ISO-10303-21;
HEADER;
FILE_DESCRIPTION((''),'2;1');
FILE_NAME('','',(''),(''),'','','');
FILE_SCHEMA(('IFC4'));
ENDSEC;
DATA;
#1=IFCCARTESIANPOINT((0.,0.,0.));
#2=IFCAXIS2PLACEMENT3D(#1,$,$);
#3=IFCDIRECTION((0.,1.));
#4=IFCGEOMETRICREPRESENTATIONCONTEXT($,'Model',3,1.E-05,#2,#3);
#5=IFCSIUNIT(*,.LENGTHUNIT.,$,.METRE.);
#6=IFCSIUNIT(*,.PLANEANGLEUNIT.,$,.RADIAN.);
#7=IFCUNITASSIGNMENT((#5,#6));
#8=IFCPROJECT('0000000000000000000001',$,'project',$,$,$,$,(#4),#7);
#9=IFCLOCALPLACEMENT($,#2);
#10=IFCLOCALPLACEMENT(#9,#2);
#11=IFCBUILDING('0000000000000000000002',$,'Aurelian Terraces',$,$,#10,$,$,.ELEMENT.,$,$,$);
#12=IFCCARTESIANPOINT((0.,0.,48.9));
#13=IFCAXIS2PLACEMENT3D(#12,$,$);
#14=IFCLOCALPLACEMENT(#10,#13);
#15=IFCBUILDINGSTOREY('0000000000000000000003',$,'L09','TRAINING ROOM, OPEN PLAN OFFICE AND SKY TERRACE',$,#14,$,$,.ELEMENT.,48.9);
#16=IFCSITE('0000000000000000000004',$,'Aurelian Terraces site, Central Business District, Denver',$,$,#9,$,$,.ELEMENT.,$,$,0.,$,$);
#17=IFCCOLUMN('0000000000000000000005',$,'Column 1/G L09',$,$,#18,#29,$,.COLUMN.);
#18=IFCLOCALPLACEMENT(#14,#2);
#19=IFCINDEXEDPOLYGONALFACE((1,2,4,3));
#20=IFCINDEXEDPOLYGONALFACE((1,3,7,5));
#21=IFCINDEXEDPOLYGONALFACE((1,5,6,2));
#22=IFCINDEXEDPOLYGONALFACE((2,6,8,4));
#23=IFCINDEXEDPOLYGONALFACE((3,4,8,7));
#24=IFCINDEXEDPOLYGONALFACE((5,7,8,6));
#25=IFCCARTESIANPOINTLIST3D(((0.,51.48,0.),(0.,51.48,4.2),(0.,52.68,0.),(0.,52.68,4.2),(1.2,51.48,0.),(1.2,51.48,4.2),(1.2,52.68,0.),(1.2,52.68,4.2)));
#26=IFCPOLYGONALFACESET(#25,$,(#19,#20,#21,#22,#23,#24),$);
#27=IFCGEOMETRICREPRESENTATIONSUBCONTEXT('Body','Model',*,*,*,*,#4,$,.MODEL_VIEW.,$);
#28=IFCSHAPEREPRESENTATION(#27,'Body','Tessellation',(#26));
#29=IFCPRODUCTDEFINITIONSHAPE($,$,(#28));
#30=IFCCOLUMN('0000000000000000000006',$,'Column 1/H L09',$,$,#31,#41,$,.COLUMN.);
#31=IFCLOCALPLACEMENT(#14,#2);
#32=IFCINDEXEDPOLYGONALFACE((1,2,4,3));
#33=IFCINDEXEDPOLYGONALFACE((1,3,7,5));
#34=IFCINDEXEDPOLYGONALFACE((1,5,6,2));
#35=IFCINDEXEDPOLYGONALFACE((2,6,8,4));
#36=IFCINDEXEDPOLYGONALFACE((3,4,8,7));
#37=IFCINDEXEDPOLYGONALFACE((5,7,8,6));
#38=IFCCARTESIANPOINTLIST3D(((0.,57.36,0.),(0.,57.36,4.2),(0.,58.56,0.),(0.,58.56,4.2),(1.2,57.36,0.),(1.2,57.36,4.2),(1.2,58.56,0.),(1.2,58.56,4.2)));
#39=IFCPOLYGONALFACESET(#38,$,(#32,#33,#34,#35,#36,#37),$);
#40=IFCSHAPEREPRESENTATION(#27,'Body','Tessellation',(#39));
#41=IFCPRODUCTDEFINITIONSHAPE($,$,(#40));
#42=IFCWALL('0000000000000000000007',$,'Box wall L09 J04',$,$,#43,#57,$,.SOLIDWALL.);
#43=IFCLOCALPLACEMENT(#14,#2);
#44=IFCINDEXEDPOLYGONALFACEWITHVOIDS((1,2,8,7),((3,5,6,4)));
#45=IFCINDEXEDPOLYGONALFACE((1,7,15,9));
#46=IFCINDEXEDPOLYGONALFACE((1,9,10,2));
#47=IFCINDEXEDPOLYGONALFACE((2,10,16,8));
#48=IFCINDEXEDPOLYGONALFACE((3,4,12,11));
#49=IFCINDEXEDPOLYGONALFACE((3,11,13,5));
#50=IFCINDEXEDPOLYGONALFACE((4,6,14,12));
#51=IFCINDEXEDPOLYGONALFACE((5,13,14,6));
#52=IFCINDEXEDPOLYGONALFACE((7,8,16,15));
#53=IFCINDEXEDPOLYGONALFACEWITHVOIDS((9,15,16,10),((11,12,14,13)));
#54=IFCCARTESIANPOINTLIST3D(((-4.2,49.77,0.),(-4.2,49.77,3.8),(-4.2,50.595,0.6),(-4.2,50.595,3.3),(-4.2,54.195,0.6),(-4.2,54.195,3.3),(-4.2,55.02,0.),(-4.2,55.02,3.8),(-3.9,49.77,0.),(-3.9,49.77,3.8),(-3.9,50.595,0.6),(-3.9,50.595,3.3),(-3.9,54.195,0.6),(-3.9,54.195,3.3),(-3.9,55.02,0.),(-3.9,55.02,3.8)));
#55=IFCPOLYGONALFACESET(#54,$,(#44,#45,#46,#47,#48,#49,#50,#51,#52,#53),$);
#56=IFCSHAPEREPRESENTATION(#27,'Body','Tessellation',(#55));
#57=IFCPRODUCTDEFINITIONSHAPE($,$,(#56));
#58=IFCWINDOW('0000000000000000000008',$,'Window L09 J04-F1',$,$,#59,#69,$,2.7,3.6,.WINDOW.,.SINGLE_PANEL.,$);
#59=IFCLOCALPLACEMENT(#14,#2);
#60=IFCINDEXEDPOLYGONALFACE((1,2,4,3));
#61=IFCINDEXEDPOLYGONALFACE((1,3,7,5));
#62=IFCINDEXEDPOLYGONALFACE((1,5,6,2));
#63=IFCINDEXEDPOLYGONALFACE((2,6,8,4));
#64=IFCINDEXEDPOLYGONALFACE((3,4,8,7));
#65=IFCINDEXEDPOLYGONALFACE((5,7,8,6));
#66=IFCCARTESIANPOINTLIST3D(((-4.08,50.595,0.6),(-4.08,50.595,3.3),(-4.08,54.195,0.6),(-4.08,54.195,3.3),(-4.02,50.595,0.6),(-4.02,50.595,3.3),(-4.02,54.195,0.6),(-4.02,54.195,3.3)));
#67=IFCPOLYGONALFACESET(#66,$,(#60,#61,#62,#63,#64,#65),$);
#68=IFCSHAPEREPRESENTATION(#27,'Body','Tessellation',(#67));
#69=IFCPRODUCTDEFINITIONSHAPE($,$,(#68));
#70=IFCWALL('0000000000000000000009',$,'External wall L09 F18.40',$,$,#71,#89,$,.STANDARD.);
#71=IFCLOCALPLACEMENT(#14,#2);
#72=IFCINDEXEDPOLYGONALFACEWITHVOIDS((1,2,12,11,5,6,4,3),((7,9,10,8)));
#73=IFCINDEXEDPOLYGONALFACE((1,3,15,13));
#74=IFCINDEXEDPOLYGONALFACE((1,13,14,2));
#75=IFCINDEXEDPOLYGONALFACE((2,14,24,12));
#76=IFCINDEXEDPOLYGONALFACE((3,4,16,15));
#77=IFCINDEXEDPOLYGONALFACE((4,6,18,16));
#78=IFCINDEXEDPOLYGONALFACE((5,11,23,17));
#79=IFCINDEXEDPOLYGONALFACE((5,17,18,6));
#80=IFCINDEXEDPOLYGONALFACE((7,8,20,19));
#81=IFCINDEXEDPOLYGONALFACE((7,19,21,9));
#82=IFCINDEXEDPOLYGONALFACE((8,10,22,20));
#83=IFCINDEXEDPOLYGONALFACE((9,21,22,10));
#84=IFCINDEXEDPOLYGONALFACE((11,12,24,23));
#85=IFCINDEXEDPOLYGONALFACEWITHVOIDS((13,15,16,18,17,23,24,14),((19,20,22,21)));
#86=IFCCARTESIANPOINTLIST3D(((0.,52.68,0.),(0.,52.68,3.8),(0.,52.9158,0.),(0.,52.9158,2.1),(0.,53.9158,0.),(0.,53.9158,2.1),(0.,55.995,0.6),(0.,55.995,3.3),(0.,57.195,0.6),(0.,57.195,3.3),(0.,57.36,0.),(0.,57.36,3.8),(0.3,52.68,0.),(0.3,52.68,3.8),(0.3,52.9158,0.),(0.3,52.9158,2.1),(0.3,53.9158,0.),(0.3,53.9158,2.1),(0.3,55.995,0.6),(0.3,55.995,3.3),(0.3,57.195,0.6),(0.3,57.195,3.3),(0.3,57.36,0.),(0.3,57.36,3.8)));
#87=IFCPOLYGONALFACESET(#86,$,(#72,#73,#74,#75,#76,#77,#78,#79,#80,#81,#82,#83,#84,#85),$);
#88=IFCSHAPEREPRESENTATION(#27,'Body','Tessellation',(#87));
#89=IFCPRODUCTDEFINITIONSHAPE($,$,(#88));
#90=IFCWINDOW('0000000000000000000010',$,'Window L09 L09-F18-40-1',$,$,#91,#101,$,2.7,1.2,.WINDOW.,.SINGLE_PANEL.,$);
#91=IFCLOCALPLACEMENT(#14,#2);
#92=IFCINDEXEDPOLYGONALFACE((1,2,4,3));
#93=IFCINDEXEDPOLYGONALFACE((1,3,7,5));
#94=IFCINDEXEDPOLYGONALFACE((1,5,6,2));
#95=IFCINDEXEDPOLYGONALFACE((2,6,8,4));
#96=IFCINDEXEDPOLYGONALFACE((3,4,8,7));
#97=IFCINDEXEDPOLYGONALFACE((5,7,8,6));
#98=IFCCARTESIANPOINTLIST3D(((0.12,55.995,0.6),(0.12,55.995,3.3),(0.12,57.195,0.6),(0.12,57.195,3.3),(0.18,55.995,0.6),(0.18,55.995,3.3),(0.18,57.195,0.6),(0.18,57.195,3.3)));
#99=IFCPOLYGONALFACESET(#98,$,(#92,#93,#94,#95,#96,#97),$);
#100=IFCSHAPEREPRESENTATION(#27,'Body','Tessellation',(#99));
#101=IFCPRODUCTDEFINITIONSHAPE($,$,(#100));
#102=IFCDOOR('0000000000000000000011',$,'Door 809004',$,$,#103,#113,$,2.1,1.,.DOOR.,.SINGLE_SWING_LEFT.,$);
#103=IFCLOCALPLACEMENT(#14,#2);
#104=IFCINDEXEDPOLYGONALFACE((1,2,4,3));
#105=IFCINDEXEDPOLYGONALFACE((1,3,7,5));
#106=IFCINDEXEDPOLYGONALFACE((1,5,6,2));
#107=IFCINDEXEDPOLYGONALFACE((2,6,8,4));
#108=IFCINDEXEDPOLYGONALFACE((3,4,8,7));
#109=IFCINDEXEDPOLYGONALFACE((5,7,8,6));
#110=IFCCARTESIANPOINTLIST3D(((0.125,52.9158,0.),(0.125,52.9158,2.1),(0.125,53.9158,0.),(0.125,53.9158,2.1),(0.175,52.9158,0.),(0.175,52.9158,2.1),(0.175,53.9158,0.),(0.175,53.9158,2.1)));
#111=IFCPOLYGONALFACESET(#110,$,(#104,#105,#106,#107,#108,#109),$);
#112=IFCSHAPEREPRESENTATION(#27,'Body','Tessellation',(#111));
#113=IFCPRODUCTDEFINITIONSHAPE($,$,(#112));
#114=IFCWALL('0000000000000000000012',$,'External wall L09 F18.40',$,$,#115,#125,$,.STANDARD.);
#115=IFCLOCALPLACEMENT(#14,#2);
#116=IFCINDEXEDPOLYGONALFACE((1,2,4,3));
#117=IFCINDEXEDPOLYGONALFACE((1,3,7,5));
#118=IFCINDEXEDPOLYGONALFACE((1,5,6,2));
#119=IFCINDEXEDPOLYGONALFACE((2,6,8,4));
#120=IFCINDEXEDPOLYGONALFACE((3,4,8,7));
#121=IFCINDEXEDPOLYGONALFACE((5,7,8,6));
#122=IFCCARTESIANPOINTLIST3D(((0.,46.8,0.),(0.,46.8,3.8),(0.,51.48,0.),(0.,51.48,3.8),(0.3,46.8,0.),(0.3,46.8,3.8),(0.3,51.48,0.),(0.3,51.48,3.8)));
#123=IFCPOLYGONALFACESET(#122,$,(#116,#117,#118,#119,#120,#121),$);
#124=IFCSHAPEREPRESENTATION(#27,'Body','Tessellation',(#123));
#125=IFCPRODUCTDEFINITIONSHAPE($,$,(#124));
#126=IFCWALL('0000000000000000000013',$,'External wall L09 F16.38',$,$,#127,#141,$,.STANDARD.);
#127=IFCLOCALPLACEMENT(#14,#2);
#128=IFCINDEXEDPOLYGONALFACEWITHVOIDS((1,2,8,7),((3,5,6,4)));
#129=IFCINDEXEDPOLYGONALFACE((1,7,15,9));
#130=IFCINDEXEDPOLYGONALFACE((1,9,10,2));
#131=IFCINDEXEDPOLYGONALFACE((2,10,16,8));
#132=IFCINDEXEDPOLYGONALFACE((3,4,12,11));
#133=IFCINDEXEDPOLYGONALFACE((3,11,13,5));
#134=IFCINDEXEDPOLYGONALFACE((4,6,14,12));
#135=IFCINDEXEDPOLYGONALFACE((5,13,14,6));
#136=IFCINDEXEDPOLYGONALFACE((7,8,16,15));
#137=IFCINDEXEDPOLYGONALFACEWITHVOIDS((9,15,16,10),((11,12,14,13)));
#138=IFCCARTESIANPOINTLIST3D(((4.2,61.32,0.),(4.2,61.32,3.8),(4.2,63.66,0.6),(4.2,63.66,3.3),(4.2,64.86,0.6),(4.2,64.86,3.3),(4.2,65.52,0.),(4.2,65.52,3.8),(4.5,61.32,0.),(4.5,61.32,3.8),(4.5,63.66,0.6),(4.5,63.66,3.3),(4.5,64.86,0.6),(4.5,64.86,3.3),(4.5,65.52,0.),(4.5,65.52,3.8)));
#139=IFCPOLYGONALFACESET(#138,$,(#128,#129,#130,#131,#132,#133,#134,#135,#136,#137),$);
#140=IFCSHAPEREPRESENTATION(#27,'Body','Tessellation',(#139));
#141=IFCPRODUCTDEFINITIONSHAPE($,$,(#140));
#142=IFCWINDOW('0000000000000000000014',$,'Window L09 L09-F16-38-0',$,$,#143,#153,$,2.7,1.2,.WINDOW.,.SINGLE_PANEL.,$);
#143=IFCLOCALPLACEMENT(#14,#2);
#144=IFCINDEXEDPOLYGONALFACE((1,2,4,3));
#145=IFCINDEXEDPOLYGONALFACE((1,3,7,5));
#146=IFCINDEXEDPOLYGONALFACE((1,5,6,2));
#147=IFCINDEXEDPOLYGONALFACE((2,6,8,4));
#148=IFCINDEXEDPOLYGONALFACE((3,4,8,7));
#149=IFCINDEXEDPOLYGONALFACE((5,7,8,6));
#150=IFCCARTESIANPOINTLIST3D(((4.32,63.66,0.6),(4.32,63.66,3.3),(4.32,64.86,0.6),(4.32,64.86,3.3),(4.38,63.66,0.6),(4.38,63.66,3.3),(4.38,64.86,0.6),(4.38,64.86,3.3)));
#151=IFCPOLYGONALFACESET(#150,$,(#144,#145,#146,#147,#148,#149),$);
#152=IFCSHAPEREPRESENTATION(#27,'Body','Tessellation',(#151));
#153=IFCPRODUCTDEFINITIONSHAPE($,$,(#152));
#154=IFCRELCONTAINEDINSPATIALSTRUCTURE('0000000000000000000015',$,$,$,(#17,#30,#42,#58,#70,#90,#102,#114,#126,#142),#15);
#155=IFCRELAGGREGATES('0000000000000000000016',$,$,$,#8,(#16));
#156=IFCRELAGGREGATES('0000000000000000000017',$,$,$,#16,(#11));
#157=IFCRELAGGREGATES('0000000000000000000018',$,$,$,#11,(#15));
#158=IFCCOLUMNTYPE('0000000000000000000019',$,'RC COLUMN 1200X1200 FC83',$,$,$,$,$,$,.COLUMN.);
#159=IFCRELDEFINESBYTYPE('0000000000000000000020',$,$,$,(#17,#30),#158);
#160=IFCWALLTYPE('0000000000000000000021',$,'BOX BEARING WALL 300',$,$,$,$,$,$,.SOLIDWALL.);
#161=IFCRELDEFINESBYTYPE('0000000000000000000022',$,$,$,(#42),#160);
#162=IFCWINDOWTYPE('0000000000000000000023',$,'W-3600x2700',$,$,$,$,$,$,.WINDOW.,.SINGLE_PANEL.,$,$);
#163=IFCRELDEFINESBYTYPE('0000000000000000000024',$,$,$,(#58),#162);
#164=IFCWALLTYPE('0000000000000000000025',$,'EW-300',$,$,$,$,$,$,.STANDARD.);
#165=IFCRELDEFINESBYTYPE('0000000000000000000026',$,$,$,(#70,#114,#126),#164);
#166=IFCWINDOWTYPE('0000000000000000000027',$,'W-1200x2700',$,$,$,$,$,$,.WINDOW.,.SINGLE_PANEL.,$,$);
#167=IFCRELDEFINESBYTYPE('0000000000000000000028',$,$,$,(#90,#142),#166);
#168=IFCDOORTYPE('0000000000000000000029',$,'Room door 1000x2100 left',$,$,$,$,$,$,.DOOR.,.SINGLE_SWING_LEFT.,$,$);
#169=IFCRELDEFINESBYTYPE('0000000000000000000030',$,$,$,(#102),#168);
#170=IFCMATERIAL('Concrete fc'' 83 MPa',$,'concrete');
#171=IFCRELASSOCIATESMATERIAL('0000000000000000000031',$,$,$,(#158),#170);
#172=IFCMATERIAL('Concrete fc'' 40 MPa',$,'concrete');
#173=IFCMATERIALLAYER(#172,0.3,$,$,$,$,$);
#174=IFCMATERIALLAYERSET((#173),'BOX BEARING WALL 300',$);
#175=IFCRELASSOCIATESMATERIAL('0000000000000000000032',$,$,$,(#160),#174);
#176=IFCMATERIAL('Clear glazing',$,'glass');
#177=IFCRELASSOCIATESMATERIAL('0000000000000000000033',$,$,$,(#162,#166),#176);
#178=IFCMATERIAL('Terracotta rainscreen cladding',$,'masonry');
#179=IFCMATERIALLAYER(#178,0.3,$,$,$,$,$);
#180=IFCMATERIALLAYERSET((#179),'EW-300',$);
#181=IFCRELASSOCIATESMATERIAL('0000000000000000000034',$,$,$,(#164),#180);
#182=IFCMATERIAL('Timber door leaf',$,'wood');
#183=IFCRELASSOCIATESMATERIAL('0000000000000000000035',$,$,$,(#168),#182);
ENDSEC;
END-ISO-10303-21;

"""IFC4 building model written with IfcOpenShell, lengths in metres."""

from ifc_helpers import new_model, si_unit, direction, frame, frame_2d, origin, origin_2d, place, context, subcontext, project, spatial, rectangle, extrude, source, transform, mapped, material, layer, layer_set, material_profile, profile_set, type_object, element, fill, save


model = new_model("IFC4")

# Units and contexts
model_context = context("Model", 3, precision=1e-05, world=origin(), true_north=direction((0.0, 1.0)))
body_context = subcontext(model_context, "Body", "Model", "MODEL_VIEW")
ifc_project = project(units=[si_unit("LENGTHUNIT", "METRE"), si_unit("PLANEANGLEUNIT", "RADIAN")], contexts=[model_context])

# Site, building, storey
site_placement = place(None, origin())
site = spatial("IfcSite", under=ifc_project, at=site_placement, Name="Aurelian Terraces site, Central Business District, Denver", CompositionType="ELEMENT", RefElevation=0.0)
building_placement = place(site_placement, origin())
building = spatial("IfcBuilding", under=site, at=building_placement, Name="Aurelian Terraces", CompositionType="ELEMENT")
storey_placement = place(building_placement, frame((0.0, 0.0, 48.9)))
storey = spatial("IfcBuildingStorey", under=building, at=storey_placement, Name="L09", Description="TRAINING ROOM, OPEN PLAN OFFICE AND SKY TERRACE", CompositionType="ELEMENT", Elevation=48.9)

# Columns
ifc_material_1 = material(Name="Concrete fc' 83 MPa", Category="concrete")
ifc_material_profile = material_profile(ifc_material_1, rectangle(XDim=1.2, YDim=1.2, at=origin_2d()))
ifc_profile_set = profile_set([ifc_material_profile], Name="Concrete fc' 83 MPa")
column_type = type_object("IfcColumnType", Name="RC COLUMN 1200X1200 FC83", PredefinedType="COLUMN", material=ifc_profile_set)
shared_shape_1 = source(origin(), body_context, "Body", "SweptSolid", [
    extrude(rectangle(XDim=1.2, YDim=1.2, at=origin_2d()), origin(), (0.0, 0.0, 1.0), 4.2),
])
for number, where, z_axis, x_axis, name in (
    (1, (0.6, 52.08, 0.0), (0.0, 0.0, 1.0), (1.0, 0.0, 0.0), "Column 1/G L09"),
    (2, (0.6, 57.96, 0.0), (0.0, 0.0, 1.0), (1.0, 0.0, 0.0), "Column 1/H L09"),
):
    element("IfcColumn", number, at=place(storey_placement, frame(where, z_axis=z_axis, x_axis=x_axis)), inside=storey, type_object=column_type, Name=name, PredefinedType="COLUMN", context=body_context, shape_type="MappedRepresentation", body=[
        mapped(shared_shape_1, transform((0.0, 0.0, 0.0), scale=1.0)),
    ])

# Wall, opening, window
ifc_material_2 = material(Name="Concrete fc' 40 MPa", Category="concrete")
ifc_layer_1 = layer(ifc_material_2, 0.3)
ifc_layer_set_1 = layer_set([ifc_layer_1], Name="BOX BEARING WALL 300")
wall_type_1 = type_object("IfcWallType", Name="BOX BEARING WALL 300", PredefinedType="SOLIDWALL", material=ifc_layer_set_1)
wall_1_placement = place(storey_placement, frame((-4.05, 55.02, 0.0), z_axis=(0.0, 0.0, 1.0), x_axis=(0.0, -1.0, 0.0)))
wall_1 = element("IfcWall", 3, at=wall_1_placement, inside=storey, type_object=wall_type_1, Name="Box wall L09 J04", PredefinedType="SOLIDWALL", context=body_context, shape_type="SweptSolid", body=[
    extrude(rectangle(XDim=5.25, YDim=0.3, at=frame_2d((2.625, 0.0))), origin(), (0.0, 0.0, 1.0), 3.8),
])
shared_shape_2 = source(origin(), body_context, "Body", "SweptSolid", [
    extrude(rectangle(XDim=3.6, YDim=2.7, at=frame_2d((1.8, 1.35))), frame((0.0, 0.16, 0.0), z_axis=(0.0, -1.0, 0.0), x_axis=(1.0, 0.0, 0.0)), (0.0, 0.0, 1.0), 0.32),
])
opening_1_placement = place(wall_1_placement, frame((0.825, 0.0, 0.6)))
opening_1 = element("IfcOpeningElement", 4, at=opening_1_placement, cuts=wall_1, PredefinedType="OPENING", context=body_context, shape_type="MappedRepresentation", body=[
    mapped(shared_shape_2, transform((0.0, 0.0, 0.0), scale=1.0)),
])
ifc_material_3 = material(Name="Clear glazing", Category="glass")
window_type_1 = type_object("IfcWindowType", Name="W-3600x2700", PartitioningType="SINGLE_PANEL", PredefinedType="WINDOW", material=ifc_material_3)
shared_shape_3 = source(origin(), body_context, "Body", "SweptSolid", [
    extrude(rectangle(XDim=3.6, YDim=2.7, at=frame_2d((1.8, 1.35))), frame((0.0, 0.03, 0.0), z_axis=(0.0, -1.0, 0.0), x_axis=(1.0, 0.0, 0.0)), (0.0, 0.0, 1.0), 0.06),
])
window_1_placement = place(opening_1_placement, origin())
window_1 = element("IfcWindow", 5, at=window_1_placement, inside=storey, type_object=window_type_1, Name="Window L09 J04-F1", OverallHeight=2.7, OverallWidth=3.6, PartitioningType="SINGLE_PANEL", PredefinedType="WINDOW", context=body_context, shape_type="MappedRepresentation", body=[
    mapped(shared_shape_3, transform((0.0, 0.0, 0.0), scale=1.0)),
])
fill(opening_1, window_1)

# Wall, openings, window, door
ifc_material_4 = material(Name="Terracotta rainscreen cladding", Category="masonry")
ifc_layer_2 = layer(ifc_material_4, 0.3)
ifc_layer_set_2 = layer_set([ifc_layer_2], Name="EW-300")
wall_type_2 = type_object("IfcWallType", Name="EW-300", PredefinedType="STANDARD", material=ifc_layer_set_2)
shared_shape_4 = source(origin(), body_context, "Body", "SweptSolid", [
    extrude(rectangle(XDim=4.68, YDim=0.3, at=frame_2d((2.34, 0.0))), origin(), (0.0, 0.0, 1.0), 3.8),
])
wall_2_placement = place(storey_placement, frame((0.15, 57.36, 0.0), z_axis=(0.0, 0.0, 1.0), x_axis=(0.0, -1.0, 0.0)))
wall_2 = element("IfcWall", 6, at=wall_2_placement, inside=storey, type_object=wall_type_2, Name="External wall L09 F18.40", PredefinedType="STANDARD", context=body_context, shape_type="MappedRepresentation", body=[
    mapped(shared_shape_4, transform((0.0, 0.0, 0.0), scale=1.0)),
])
shared_shape_5 = source(origin(), body_context, "Body", "SweptSolid", [
    extrude(rectangle(XDim=1.2, YDim=2.7, at=frame_2d((0.6, 1.35))), frame((0.0, 0.16, 0.0), z_axis=(0.0, -1.0, 0.0), x_axis=(1.0, 0.0, 0.0)), (0.0, 0.0, 1.0), 0.32),
])
opening_2_placement = place(wall_2_placement, frame((0.165, 0.0, 0.6)))
opening_2 = element("IfcOpeningElement", 7, at=opening_2_placement, cuts=wall_2, PredefinedType="OPENING", context=body_context, shape_type="MappedRepresentation", body=[
    mapped(shared_shape_5, transform((0.0, 0.0, 0.0), scale=1.0)),
])
shared_shape_6 = source(origin(), body_context, "Body", "SweptSolid", [
    extrude(rectangle(XDim=1.0, YDim=2.1, at=frame_2d((0.5, 1.05))), frame((0.0, 0.16, 0.0), z_axis=(0.0, -1.0, 0.0), x_axis=(1.0, 0.0, 0.0)), (0.0, 0.0, 1.0), 0.32),
])
opening_3_placement = place(wall_2_placement, frame((3.4442, 0.0, 0.0)))
opening_3 = element("IfcOpeningElement", 8, at=opening_3_placement, cuts=wall_2, PredefinedType="OPENING", context=body_context, shape_type="MappedRepresentation", body=[
    mapped(shared_shape_6, transform((0.0, 0.0, 0.0), scale=1.0)),
])
window_type_2 = type_object("IfcWindowType", Name="W-1200x2700", PartitioningType="SINGLE_PANEL", PredefinedType="WINDOW", material=ifc_material_3)
shared_shape_7 = source(origin(), body_context, "Body", "SweptSolid", [
    extrude(rectangle(XDim=1.2, YDim=2.7, at=frame_2d((0.6, 1.35))), frame((0.0, 0.03, 0.0), z_axis=(0.0, -1.0, 0.0), x_axis=(1.0, 0.0, 0.0)), (0.0, 0.0, 1.0), 0.06),
])
window_2_placement = place(opening_2_placement, origin())
window_2 = element("IfcWindow", 9, at=window_2_placement, inside=storey, type_object=window_type_2, Name="Window L09 L09-F18-40-1", OverallHeight=2.7, OverallWidth=1.2, PartitioningType="SINGLE_PANEL", PredefinedType="WINDOW", context=body_context, shape_type="MappedRepresentation", body=[
    mapped(shared_shape_7, transform((0.0, 0.0, 0.0), scale=1.0)),
])
fill(opening_2, window_2)
ifc_material_5 = material(Name="Timber door leaf", Category="wood")
door_type = type_object("IfcDoorType", Name="Room door 1000x2100 left", OperationType="SINGLE_SWING_LEFT", PredefinedType="DOOR", material=ifc_material_5)
shared_shape_8 = source(origin(), body_context, "Body", "SweptSolid", [
    extrude(rectangle(XDim=1.0, YDim=2.1, at=frame_2d((0.5, 1.05))), frame((0.0, 0.025, 0.0), z_axis=(0.0, -1.0, 0.0), x_axis=(1.0, 0.0, 0.0)), (0.0, 0.0, 1.0), 0.05),
])
door_placement = place(opening_3_placement, origin())
door = element("IfcDoor", 10, at=door_placement, inside=storey, type_object=door_type, Name="Door 809004", OperationType="SINGLE_SWING_LEFT", OverallHeight=2.1, OverallWidth=1.0, PredefinedType="DOOR", context=body_context, shape_type="MappedRepresentation", body=[
    mapped(shared_shape_8, transform((0.0, 0.0, 0.0), scale=1.0)),
])
fill(opening_3, door)

# Wall
wall_3_placement = place(storey_placement, frame((0.15, 51.48, 0.0), z_axis=(0.0, 0.0, 1.0), x_axis=(0.0, -1.0, 0.0)))
element("IfcWall", 11, at=wall_3_placement, inside=storey, type_object=wall_type_2, Name="External wall L09 F18.40", PredefinedType="STANDARD", context=body_context, shape_type="MappedRepresentation", body=[
    mapped(shared_shape_4, transform((0.0, 0.0, 0.0), scale=1.0)),
])

# Wall, opening, window
shared_shape_9 = source(origin(), body_context, "Body", "SweptSolid", [
    extrude(rectangle(XDim=4.2, YDim=0.3, at=frame_2d((2.1, 0.0))), origin(), (0.0, 0.0, 1.0), 3.8),
])
wall_4_placement = place(storey_placement, frame((4.35, 65.52, 0.0), z_axis=(0.0, 0.0, 1.0), x_axis=(0.0, -1.0, 0.0)))
wall_4 = element("IfcWall", 12, at=wall_4_placement, inside=storey, type_object=wall_type_2, Name="External wall L09 F16.38", PredefinedType="STANDARD", context=body_context, shape_type="MappedRepresentation", body=[
    mapped(shared_shape_9, transform((0.0, 0.0, 0.0), scale=1.0)),
])
opening_4_placement = place(wall_4_placement, frame((0.66, 0.0, 0.6)))
opening_4 = element("IfcOpeningElement", 13, at=opening_4_placement, cuts=wall_4, PredefinedType="OPENING", context=body_context, shape_type="MappedRepresentation", body=[
    mapped(shared_shape_5, transform((0.0, 0.0, 0.0), scale=1.0)),
])
window_3_placement = place(opening_4_placement, origin())
window_3 = element("IfcWindow", 14, at=window_3_placement, inside=storey, type_object=window_type_2, Name="Window L09 L09-F16-38-0", OverallHeight=2.7, OverallWidth=1.2, PartitioningType="SINGLE_PANEL", PredefinedType="WINDOW", context=body_context, shape_type="MappedRepresentation", body=[
    mapped(shared_shape_7, transform((0.0, 0.0, 0.0), scale=1.0)),
])
fill(opening_4, window_3)

save(model, "model.ifc")
